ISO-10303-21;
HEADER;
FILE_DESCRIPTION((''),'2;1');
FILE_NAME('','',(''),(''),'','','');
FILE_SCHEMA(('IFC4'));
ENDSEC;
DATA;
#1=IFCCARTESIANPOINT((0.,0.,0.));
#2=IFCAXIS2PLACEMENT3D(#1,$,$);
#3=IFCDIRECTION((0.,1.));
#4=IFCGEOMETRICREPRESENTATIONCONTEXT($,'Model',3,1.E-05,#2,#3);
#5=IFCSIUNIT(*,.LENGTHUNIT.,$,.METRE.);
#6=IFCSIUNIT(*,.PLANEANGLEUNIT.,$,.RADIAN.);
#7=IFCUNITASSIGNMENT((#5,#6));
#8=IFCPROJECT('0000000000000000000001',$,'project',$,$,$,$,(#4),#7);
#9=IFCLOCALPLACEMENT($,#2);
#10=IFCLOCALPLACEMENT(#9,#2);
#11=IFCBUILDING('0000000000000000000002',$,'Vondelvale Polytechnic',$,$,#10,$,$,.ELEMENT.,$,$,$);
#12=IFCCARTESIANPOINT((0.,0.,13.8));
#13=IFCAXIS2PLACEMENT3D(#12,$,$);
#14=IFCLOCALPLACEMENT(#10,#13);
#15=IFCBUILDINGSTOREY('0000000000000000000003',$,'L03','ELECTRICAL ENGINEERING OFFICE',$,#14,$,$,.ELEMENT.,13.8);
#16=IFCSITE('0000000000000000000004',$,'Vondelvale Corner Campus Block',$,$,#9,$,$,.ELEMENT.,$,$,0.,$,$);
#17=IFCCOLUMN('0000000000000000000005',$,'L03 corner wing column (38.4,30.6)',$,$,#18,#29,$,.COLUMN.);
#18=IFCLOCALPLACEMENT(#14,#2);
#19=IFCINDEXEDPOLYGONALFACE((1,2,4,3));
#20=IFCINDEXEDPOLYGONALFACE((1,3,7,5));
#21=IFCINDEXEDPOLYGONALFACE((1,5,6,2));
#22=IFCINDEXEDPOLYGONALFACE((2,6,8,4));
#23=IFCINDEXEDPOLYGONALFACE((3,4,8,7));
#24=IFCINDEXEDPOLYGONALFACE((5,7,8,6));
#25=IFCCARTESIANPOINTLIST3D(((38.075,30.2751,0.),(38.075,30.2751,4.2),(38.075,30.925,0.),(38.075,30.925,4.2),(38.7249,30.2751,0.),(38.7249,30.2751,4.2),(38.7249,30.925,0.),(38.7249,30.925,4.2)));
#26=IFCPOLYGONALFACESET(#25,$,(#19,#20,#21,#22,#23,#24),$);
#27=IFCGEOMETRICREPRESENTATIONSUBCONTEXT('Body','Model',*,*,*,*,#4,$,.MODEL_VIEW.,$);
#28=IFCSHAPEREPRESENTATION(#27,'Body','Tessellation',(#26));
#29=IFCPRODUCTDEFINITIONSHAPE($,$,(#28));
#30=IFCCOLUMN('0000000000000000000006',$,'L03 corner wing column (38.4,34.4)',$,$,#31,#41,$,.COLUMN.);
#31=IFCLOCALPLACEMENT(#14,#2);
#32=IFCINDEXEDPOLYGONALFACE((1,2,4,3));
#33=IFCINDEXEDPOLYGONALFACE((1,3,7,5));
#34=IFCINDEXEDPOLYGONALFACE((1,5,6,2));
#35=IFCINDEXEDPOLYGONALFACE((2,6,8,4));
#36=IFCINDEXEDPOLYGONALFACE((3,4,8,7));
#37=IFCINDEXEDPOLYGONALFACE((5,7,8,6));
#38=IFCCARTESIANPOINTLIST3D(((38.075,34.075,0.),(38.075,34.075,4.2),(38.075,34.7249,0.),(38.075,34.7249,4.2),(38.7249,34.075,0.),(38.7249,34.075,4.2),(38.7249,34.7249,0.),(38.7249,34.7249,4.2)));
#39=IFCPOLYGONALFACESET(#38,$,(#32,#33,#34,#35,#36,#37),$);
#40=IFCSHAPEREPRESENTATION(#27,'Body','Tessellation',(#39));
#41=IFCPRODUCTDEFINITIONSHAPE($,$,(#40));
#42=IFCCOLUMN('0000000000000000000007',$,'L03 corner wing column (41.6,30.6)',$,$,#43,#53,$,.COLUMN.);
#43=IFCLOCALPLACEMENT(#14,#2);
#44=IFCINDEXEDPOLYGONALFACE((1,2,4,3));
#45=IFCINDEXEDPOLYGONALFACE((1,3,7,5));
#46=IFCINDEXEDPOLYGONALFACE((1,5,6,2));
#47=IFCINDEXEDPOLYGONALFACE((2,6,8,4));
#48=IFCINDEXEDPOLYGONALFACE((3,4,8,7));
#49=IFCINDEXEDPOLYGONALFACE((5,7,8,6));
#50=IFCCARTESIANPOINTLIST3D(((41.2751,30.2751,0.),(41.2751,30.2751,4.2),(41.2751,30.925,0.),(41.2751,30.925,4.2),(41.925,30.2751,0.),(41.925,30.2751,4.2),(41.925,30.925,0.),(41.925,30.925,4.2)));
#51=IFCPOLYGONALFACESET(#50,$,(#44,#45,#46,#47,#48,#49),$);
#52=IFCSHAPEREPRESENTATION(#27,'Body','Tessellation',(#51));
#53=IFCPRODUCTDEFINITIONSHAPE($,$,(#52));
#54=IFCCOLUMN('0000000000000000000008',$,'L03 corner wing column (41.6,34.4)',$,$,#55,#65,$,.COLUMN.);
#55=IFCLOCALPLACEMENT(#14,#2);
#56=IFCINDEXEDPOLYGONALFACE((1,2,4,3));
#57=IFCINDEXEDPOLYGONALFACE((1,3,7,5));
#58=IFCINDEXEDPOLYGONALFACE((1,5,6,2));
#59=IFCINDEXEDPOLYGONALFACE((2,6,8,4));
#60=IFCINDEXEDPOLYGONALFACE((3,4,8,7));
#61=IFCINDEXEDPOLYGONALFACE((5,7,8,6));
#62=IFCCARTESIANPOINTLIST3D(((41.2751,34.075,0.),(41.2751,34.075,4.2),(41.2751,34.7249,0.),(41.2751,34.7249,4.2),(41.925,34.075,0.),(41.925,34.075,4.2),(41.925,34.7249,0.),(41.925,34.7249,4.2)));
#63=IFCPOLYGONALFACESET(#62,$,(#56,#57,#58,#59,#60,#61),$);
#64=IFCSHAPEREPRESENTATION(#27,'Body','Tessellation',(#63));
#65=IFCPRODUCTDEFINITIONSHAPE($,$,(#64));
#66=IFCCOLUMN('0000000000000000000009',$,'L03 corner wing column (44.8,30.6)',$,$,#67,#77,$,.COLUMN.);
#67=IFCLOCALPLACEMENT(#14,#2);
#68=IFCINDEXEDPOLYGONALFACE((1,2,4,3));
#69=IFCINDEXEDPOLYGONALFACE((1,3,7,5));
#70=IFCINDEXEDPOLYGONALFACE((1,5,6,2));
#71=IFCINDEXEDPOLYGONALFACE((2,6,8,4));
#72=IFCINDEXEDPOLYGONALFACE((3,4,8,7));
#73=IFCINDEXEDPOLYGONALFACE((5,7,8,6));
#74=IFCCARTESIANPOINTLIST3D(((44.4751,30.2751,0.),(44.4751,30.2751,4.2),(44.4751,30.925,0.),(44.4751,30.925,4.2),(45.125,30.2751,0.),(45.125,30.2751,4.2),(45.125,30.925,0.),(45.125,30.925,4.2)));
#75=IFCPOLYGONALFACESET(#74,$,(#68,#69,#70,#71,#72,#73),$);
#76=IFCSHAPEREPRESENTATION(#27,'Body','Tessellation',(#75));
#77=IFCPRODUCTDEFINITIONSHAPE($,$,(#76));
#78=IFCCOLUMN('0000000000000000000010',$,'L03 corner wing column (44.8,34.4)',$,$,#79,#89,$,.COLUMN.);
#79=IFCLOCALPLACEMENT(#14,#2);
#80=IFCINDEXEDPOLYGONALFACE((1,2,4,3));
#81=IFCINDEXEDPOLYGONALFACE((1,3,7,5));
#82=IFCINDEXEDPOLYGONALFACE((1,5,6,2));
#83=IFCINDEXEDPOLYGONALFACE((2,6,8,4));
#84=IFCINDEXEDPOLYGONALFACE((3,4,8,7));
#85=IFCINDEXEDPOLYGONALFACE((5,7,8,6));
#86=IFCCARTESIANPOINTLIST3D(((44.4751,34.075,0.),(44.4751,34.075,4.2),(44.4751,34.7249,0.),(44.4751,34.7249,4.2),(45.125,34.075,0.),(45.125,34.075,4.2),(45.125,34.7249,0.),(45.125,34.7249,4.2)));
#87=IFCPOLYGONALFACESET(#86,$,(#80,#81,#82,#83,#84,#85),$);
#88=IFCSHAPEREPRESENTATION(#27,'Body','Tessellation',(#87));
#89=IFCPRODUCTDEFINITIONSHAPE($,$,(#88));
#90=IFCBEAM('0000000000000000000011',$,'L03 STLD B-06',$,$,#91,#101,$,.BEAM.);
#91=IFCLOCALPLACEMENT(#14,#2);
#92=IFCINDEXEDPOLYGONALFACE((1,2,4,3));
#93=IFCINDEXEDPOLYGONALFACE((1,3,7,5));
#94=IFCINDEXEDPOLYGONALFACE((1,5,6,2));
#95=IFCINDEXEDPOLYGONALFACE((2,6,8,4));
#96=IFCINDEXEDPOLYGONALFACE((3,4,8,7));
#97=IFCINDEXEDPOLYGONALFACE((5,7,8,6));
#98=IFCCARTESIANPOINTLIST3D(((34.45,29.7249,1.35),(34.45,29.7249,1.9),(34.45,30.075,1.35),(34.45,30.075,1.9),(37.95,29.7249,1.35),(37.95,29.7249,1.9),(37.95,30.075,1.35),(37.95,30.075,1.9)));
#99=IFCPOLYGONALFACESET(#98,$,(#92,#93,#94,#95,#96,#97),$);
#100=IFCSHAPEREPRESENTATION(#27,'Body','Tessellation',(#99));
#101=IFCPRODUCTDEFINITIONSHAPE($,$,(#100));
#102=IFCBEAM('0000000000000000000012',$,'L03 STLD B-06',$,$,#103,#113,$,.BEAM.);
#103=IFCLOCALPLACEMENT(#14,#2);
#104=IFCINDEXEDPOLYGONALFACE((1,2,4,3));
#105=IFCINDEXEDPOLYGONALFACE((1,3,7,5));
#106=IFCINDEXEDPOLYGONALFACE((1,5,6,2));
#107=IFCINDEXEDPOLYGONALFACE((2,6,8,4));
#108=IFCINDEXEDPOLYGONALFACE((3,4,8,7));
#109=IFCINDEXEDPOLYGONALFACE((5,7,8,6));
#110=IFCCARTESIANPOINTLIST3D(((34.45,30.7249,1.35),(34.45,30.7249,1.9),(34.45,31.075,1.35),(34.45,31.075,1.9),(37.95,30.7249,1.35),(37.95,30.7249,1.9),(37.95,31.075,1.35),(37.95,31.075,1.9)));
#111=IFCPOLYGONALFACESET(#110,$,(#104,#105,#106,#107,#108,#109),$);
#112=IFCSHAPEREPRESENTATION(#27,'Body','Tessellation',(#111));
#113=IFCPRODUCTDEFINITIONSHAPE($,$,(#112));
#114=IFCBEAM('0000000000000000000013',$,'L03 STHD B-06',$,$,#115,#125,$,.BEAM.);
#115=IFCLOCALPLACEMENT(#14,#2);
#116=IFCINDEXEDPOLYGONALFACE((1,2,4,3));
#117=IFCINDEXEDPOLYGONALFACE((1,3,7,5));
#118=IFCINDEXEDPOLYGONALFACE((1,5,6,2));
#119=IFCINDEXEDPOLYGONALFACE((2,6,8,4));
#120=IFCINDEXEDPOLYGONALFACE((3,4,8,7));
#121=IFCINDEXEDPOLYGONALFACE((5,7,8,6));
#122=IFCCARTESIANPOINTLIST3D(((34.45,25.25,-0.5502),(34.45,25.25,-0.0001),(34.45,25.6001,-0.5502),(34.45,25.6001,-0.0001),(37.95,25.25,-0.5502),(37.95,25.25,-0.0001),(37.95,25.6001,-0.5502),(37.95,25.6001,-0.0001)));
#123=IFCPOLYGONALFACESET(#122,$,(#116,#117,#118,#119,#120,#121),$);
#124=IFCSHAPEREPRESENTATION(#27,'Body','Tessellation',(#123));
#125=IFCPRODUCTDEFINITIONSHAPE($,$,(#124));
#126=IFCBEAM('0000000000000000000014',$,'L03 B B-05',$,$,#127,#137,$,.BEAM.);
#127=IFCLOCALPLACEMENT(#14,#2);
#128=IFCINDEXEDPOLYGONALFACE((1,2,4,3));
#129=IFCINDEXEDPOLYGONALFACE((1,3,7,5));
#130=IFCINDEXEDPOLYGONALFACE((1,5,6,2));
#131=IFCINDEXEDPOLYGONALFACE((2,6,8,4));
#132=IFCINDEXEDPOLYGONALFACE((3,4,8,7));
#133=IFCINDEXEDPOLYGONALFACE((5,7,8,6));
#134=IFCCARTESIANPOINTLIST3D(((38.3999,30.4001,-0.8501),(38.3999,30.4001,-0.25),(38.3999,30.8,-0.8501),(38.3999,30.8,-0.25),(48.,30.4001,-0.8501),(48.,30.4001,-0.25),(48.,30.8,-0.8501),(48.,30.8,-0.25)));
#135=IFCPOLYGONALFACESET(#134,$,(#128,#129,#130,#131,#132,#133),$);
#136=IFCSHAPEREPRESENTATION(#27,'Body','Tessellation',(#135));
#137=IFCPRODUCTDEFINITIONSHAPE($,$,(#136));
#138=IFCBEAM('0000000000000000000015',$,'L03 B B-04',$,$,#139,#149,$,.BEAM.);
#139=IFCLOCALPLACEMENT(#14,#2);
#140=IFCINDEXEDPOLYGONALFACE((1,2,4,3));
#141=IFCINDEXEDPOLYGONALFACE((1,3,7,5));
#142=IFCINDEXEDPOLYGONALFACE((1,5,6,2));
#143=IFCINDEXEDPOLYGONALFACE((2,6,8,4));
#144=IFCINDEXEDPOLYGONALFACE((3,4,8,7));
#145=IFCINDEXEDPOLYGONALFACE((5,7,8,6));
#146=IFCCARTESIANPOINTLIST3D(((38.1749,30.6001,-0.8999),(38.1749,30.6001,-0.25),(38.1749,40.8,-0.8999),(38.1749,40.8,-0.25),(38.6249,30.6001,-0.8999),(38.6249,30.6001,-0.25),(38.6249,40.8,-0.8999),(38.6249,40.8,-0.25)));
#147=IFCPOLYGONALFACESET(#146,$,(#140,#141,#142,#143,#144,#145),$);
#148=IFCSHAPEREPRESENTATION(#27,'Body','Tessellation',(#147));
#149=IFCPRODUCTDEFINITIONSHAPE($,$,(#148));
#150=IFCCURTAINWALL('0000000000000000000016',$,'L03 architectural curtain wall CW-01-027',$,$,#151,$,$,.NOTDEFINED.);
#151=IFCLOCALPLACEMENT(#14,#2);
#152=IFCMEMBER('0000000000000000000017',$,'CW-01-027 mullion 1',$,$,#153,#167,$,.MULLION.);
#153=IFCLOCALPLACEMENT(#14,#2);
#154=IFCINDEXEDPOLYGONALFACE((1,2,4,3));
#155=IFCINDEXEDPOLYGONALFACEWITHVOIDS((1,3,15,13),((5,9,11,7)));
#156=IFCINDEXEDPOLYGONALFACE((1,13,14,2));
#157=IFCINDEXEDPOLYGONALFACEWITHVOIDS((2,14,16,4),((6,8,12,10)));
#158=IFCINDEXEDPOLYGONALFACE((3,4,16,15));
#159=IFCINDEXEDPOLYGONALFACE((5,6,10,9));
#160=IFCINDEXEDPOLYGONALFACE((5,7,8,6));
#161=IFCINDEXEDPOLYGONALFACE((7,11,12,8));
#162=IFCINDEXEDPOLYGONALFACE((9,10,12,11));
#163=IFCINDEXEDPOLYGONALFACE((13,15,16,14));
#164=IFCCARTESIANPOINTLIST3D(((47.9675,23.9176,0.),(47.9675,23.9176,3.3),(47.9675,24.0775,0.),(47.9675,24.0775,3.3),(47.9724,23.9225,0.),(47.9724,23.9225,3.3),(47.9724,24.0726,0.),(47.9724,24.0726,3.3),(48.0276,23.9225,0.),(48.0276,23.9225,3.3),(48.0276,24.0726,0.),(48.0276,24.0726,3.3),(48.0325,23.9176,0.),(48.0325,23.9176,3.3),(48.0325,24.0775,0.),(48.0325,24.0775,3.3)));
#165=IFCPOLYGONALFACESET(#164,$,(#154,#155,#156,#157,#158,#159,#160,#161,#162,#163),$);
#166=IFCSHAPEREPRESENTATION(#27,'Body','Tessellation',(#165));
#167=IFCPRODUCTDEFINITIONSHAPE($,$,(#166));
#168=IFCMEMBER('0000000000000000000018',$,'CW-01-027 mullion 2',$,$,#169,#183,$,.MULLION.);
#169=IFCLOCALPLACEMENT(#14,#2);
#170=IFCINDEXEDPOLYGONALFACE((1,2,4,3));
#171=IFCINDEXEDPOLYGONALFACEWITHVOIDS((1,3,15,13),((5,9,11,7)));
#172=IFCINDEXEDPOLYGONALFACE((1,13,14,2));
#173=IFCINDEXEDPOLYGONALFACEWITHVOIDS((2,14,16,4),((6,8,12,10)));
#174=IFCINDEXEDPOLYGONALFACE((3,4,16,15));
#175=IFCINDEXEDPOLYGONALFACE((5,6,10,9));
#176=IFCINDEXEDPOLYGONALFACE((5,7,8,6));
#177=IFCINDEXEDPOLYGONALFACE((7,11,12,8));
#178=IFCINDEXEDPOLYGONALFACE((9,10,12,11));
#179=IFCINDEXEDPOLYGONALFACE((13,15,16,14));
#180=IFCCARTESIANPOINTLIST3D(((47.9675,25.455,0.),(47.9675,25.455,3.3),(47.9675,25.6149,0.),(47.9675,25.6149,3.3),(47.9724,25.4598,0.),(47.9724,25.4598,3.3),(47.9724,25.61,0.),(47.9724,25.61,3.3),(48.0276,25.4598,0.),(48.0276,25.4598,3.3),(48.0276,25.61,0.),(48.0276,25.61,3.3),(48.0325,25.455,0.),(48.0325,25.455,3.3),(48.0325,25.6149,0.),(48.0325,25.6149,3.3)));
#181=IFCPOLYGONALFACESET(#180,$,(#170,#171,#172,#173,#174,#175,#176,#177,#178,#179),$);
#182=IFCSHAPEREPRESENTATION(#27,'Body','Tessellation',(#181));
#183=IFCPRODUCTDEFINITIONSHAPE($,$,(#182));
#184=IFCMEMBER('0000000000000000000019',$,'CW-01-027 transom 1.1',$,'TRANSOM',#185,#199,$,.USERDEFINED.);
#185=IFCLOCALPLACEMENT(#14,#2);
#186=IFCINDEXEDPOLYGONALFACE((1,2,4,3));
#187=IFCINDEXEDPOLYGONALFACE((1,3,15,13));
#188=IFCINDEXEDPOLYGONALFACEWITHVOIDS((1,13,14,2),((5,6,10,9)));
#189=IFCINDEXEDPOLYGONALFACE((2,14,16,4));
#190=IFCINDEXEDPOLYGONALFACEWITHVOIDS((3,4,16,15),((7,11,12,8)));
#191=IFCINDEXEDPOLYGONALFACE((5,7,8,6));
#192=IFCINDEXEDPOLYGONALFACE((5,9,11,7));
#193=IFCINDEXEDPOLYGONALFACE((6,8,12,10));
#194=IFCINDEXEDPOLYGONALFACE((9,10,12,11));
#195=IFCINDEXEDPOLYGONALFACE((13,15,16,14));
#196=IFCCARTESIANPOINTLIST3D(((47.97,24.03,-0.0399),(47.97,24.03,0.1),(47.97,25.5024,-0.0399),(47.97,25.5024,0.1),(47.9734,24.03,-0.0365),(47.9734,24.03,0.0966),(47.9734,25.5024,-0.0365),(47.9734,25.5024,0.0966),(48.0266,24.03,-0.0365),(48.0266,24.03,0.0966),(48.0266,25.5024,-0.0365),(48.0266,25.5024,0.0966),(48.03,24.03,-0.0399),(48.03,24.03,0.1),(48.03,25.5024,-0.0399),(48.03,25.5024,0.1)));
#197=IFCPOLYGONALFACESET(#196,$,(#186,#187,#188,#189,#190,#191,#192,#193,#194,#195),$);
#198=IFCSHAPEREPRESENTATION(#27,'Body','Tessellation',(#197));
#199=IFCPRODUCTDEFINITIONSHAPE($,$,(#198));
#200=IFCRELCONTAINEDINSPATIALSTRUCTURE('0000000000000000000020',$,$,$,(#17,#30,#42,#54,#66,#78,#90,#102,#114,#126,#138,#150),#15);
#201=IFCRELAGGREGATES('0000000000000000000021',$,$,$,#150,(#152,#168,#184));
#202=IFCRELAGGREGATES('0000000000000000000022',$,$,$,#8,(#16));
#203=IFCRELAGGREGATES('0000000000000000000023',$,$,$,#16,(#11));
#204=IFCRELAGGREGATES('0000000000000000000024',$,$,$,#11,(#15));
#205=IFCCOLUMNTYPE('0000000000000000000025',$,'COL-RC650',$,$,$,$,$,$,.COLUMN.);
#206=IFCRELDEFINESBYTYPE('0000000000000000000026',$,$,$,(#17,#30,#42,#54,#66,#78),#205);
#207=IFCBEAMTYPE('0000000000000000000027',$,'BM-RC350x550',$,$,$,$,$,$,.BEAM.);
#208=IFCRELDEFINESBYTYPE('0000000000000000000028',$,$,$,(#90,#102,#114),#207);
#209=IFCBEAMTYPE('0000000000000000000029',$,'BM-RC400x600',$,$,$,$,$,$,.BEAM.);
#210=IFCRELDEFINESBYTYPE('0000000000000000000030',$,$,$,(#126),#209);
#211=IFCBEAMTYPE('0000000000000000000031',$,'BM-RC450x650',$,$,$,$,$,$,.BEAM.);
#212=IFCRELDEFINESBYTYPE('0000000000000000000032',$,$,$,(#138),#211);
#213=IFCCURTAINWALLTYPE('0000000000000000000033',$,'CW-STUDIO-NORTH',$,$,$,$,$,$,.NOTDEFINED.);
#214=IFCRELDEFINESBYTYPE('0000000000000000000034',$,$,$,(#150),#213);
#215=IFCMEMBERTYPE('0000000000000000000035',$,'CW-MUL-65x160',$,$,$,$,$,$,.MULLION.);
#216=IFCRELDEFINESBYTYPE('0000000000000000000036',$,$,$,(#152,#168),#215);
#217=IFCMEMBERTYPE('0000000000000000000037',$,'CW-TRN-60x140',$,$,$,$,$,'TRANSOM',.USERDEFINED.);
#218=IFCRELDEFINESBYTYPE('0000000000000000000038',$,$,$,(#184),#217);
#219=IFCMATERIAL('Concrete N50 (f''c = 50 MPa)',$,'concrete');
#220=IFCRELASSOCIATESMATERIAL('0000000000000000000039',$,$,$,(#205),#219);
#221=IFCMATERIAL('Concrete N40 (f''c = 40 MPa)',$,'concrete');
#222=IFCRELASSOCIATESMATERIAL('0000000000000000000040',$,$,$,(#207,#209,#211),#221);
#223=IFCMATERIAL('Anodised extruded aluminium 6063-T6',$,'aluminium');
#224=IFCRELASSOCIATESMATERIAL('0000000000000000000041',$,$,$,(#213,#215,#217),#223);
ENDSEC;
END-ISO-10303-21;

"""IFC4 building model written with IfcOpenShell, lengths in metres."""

from ifc_helpers import new_model, si_unit, direction, frame, origin, origin_2d, place, context, subcontext, project, spatial, rectangle, hollow_rectangle, extrude, material, material_profile, profile_set, type_object, element, aggregate, save


model = new_model("IFC4")

# Units and contexts
model_context = context("Model", 3, precision=1e-05, world=origin(), true_north=direction((0.0, 1.0)))
body_context = subcontext(model_context, "Body", "Model", "MODEL_VIEW")
ifc_project = project(units=[si_unit("LENGTHUNIT", "METRE"), si_unit("PLANEANGLEUNIT", "RADIAN")], contexts=[model_context])

# Site, building, storey
site_placement = place(None, origin())
site = spatial("IfcSite", under=ifc_project, at=site_placement, Name="Vondelvale Corner Campus Block", CompositionType="ELEMENT", RefElevation=0.0)
building_placement = place(site_placement, origin())
building = spatial("IfcBuilding", under=site, at=building_placement, Name="Vondelvale Polytechnic", CompositionType="ELEMENT")
storey_placement = place(building_placement, frame((0.0, 0.0, 13.8)))
storey = spatial("IfcBuildingStorey", under=building, at=storey_placement, Name="L03", Description="ELECTRICAL ENGINEERING OFFICE", CompositionType="ELEMENT", Elevation=13.8)

# Columns
ifc_material_1 = material(Name="Concrete N50 (f'c = 50 MPa)", Category="concrete")
ifc_material_profile_1 = material_profile(ifc_material_1, rectangle(XDim=0.6499, YDim=0.6499, at=origin_2d()), Name="RC-COL-650x650")
ifc_profile_set_1 = profile_set([ifc_material_profile_1], Name="Concrete N50 (f'c = 50 MPa)")
column_type = type_object("IfcColumnType", Name="COL-RC650", PredefinedType="COLUMN", material=ifc_profile_set_1)
for number, where, z_axis, x_axis, name in (
    (1, (38.3999, 30.6001, 0.0), (0.0, 0.0, 1.0), (1.0, 0.0, 0.0), "L03 corner wing column (38.4,30.6)"),
    (2, (38.3999, 34.3999, 0.0), (0.0, 0.0, 1.0), (1.0, 0.0, 0.0), "L03 corner wing column (38.4,34.4)"),
    (3, (41.6001, 30.6001, 0.0), (0.0, 0.0, 1.0), (1.0, 0.0, 0.0), "L03 corner wing column (41.6,30.6)"),
    (4, (41.6001, 34.3999, 0.0), (0.0, 0.0, 1.0), (1.0, 0.0, 0.0), "L03 corner wing column (41.6,34.4)"),
    (5, (44.8, 30.6001, 0.0), (0.0, 0.0, 1.0), (1.0, 0.0, 0.0), "L03 corner wing column (44.8,30.6)"),
    (6, (44.8, 34.3999, 0.0), (0.0, 0.0, 1.0), (1.0, 0.0, 0.0), "L03 corner wing column (44.8,34.4)"),
):
    element("IfcColumn", number, at=place(storey_placement, frame(where, z_axis=z_axis, x_axis=x_axis)), inside=storey, type_object=column_type, Name=name, PredefinedType="COLUMN", context=body_context, shape_type="SweptSolid", body=[
        extrude(rectangle(XDim=0.6499, YDim=0.6499, at=origin_2d()), origin(), (0.0, 0.0, 1.0), 4.2),
    ])

# Beams
ifc_material_2 = material(Name="Concrete N40 (f'c = 40 MPa)", Category="concrete")
ifc_material_profile_2 = material_profile(ifc_material_2, rectangle(XDim=0.3501, YDim=0.55, at=origin_2d()), Name="RC-BM-350x550")
ifc_profile_set_2 = profile_set([ifc_material_profile_2], Name="Concrete N40 (f'c = 40 MPa)")
beam_type_1 = type_object("IfcBeamType", Name="BM-RC350x550", PredefinedType="BEAM", material=ifc_profile_set_2)
for number, where, z_axis, x_axis, name in (
    (7, (37.95, 29.8999, 1.625), (-1.0, 0.0, 0.0), (0.0, -1.0, 0.0), "L03 STLD B-06"),
    (8, (37.95, 30.8999, 1.625), (-1.0, 0.0, 0.0), (0.0, -1.0, 0.0), "L03 STLD B-06"),
    (9, (37.95, 25.425, -0.2751), (-1.0, 0.0, 0.0), (0.0, -1.0, 0.0), "L03 STHD B-06"),
):
    element("IfcBeam", number, at=place(storey_placement, frame(where, z_axis=z_axis, x_axis=x_axis)), inside=storey, type_object=beam_type_1, Name=name, PredefinedType="BEAM", context=body_context, shape_type="SweptSolid", body=[
        extrude(rectangle(XDim=0.3501, YDim=0.55, at=origin_2d()), origin(), (0.0, 0.0, 1.0), 3.5),
    ])
ifc_material_profile_3 = material_profile(ifc_material_2, rectangle(XDim=0.3999, YDim=0.6001, at=origin_2d()), Name="RC-BM-400x600")
ifc_profile_set_3 = profile_set([ifc_material_profile_3], Name="Concrete N40 (f'c = 40 MPa)")
beam_type_2 = type_object("IfcBeamType", Name="BM-RC400x600", PredefinedType="BEAM", material=ifc_profile_set_3)
beam_1_placement = place(storey_placement, frame((38.3999, 30.6001, -0.55), z_axis=(1.0, 0.0, 0.0), x_axis=(0.0, 1.0, 0.0)))
element("IfcBeam", 10, at=beam_1_placement, inside=storey, type_object=beam_type_2, Name="L03 B B-05", PredefinedType="BEAM", context=body_context, shape_type="SweptSolid", body=[
    extrude(rectangle(XDim=0.3999, YDim=0.6001, at=origin_2d()), origin(), (0.0, 0.0, 1.0), 9.6001),
])
ifc_material_profile_4 = material_profile(ifc_material_2, rectangle(XDim=0.45, YDim=0.6499, at=origin_2d()), Name="RC-BM-450x650")
ifc_profile_set_4 = profile_set([ifc_material_profile_4], Name="Concrete N40 (f'c = 40 MPa)")
beam_type_3 = type_object("IfcBeamType", Name="BM-RC450x650", PredefinedType="BEAM", material=ifc_profile_set_4)
beam_2_placement = place(storey_placement, frame((38.3999, 30.6001, -0.575), z_axis=(0.0, 1.0, 0.0), x_axis=(-1.0, 0.0, 0.0)))
element("IfcBeam", 11, at=beam_2_placement, inside=storey, type_object=beam_type_3, Name="L03 B B-04", PredefinedType="BEAM", context=body_context, shape_type="SweptSolid", body=[
    extrude(rectangle(XDim=0.45, YDim=0.6499, at=origin_2d()), origin(), (0.0, 0.0, 1.0), 10.2),
])

# Curtain wall, members
ifc_material_3 = material(Name="Anodised extruded aluminium 6063-T6", Category="aluminium")
curtain_wall_type = type_object("IfcCurtainWallType", Name="CW-STUDIO-NORTH", PredefinedType="NOTDEFINED", material=ifc_material_3)
curtain_wall_placement = place(storey_placement, origin())
curtain_wall = element("IfcCurtainWall", 12, at=curtain_wall_placement, inside=storey, type_object=curtain_wall_type, Name="L03 architectural curtain wall CW-01-027", PredefinedType="NOTDEFINED")
ifc_material_profile_5 = material_profile(ifc_material_3, hollow_rectangle(XDim=0.0649, YDim=0.1599, WallThickness=0.0049, at=origin_2d()), Name="CW-MUL-160x65")
ifc_profile_set_5 = profile_set([ifc_material_profile_5], Name="Anodised extruded aluminium 6063-T6")
member_type_1 = type_object("IfcMemberType", Name="CW-MUL-65x160", PredefinedType="MULLION", material=ifc_profile_set_5)
member_1_placement = place(storey_placement, frame((48.0, 23.9976, 0.0), z_axis=(0.0, 0.0, 1.0), x_axis=(-1.0, 0.0, 0.0)))
member_1 = element("IfcMember", 13, at=member_1_placement, type_object=member_type_1, Name="CW-01-027 mullion 1", PredefinedType="MULLION", context=body_context, shape_type="SweptSolid", body=[
    extrude(hollow_rectangle(XDim=0.0649, YDim=0.1599, WallThickness=0.0049, at=origin_2d()), origin(), (0.0, 0.0, 1.0), 3.3),
])
member_2_placement = place(storey_placement, frame((48.0, 25.5349, 0.0), z_axis=(0.0, 0.0, 1.0), x_axis=(-1.0, 0.0, 0.0)))
member_2 = element("IfcMember", 14, at=member_2_placement, type_object=member_type_1, Name="CW-01-027 mullion 2", PredefinedType="MULLION", context=body_context, shape_type="SweptSolid", body=[
    extrude(hollow_rectangle(XDim=0.0649, YDim=0.1599, WallThickness=0.0049, at=origin_2d()), origin(), (0.0, 0.0, 1.0), 3.3),
])
ifc_material_profile_6 = material_profile(ifc_material_3, hollow_rectangle(XDim=0.0601, YDim=0.1399, WallThickness=0.0034, at=origin_2d()), Name="CW-TRN-140x60")
ifc_profile_set_6 = profile_set([ifc_material_profile_6], Name="Anodised extruded aluminium 6063-T6")
member_type_2 = type_object("IfcMemberType", Name="CW-TRN-60x140", ElementType="TRANSOM", PredefinedType="USERDEFINED", material=ifc_profile_set_6)
member_3_placement = place(storey_placement, frame((48.0, 24.03, 0.03), z_axis=(0.0, 1.0, 0.0), x_axis=(-1.0, 0.0, 0.0)))
member_3 = element("IfcMember", 15, at=member_3_placement, type_object=member_type_2, Name="CW-01-027 transom 1.1", ObjectType="TRANSOM", PredefinedType="USERDEFINED", context=body_context, shape_type="SweptSolid", body=[
    extrude(hollow_rectangle(XDim=0.0601, YDim=0.1399, WallThickness=0.0034, at=origin_2d()), origin(), (0.0, 0.0, 1.0), 1.4724),
])

aggregate(curtain_wall, [member_1, member_2, member_3])

save(model, "model.ifc")
